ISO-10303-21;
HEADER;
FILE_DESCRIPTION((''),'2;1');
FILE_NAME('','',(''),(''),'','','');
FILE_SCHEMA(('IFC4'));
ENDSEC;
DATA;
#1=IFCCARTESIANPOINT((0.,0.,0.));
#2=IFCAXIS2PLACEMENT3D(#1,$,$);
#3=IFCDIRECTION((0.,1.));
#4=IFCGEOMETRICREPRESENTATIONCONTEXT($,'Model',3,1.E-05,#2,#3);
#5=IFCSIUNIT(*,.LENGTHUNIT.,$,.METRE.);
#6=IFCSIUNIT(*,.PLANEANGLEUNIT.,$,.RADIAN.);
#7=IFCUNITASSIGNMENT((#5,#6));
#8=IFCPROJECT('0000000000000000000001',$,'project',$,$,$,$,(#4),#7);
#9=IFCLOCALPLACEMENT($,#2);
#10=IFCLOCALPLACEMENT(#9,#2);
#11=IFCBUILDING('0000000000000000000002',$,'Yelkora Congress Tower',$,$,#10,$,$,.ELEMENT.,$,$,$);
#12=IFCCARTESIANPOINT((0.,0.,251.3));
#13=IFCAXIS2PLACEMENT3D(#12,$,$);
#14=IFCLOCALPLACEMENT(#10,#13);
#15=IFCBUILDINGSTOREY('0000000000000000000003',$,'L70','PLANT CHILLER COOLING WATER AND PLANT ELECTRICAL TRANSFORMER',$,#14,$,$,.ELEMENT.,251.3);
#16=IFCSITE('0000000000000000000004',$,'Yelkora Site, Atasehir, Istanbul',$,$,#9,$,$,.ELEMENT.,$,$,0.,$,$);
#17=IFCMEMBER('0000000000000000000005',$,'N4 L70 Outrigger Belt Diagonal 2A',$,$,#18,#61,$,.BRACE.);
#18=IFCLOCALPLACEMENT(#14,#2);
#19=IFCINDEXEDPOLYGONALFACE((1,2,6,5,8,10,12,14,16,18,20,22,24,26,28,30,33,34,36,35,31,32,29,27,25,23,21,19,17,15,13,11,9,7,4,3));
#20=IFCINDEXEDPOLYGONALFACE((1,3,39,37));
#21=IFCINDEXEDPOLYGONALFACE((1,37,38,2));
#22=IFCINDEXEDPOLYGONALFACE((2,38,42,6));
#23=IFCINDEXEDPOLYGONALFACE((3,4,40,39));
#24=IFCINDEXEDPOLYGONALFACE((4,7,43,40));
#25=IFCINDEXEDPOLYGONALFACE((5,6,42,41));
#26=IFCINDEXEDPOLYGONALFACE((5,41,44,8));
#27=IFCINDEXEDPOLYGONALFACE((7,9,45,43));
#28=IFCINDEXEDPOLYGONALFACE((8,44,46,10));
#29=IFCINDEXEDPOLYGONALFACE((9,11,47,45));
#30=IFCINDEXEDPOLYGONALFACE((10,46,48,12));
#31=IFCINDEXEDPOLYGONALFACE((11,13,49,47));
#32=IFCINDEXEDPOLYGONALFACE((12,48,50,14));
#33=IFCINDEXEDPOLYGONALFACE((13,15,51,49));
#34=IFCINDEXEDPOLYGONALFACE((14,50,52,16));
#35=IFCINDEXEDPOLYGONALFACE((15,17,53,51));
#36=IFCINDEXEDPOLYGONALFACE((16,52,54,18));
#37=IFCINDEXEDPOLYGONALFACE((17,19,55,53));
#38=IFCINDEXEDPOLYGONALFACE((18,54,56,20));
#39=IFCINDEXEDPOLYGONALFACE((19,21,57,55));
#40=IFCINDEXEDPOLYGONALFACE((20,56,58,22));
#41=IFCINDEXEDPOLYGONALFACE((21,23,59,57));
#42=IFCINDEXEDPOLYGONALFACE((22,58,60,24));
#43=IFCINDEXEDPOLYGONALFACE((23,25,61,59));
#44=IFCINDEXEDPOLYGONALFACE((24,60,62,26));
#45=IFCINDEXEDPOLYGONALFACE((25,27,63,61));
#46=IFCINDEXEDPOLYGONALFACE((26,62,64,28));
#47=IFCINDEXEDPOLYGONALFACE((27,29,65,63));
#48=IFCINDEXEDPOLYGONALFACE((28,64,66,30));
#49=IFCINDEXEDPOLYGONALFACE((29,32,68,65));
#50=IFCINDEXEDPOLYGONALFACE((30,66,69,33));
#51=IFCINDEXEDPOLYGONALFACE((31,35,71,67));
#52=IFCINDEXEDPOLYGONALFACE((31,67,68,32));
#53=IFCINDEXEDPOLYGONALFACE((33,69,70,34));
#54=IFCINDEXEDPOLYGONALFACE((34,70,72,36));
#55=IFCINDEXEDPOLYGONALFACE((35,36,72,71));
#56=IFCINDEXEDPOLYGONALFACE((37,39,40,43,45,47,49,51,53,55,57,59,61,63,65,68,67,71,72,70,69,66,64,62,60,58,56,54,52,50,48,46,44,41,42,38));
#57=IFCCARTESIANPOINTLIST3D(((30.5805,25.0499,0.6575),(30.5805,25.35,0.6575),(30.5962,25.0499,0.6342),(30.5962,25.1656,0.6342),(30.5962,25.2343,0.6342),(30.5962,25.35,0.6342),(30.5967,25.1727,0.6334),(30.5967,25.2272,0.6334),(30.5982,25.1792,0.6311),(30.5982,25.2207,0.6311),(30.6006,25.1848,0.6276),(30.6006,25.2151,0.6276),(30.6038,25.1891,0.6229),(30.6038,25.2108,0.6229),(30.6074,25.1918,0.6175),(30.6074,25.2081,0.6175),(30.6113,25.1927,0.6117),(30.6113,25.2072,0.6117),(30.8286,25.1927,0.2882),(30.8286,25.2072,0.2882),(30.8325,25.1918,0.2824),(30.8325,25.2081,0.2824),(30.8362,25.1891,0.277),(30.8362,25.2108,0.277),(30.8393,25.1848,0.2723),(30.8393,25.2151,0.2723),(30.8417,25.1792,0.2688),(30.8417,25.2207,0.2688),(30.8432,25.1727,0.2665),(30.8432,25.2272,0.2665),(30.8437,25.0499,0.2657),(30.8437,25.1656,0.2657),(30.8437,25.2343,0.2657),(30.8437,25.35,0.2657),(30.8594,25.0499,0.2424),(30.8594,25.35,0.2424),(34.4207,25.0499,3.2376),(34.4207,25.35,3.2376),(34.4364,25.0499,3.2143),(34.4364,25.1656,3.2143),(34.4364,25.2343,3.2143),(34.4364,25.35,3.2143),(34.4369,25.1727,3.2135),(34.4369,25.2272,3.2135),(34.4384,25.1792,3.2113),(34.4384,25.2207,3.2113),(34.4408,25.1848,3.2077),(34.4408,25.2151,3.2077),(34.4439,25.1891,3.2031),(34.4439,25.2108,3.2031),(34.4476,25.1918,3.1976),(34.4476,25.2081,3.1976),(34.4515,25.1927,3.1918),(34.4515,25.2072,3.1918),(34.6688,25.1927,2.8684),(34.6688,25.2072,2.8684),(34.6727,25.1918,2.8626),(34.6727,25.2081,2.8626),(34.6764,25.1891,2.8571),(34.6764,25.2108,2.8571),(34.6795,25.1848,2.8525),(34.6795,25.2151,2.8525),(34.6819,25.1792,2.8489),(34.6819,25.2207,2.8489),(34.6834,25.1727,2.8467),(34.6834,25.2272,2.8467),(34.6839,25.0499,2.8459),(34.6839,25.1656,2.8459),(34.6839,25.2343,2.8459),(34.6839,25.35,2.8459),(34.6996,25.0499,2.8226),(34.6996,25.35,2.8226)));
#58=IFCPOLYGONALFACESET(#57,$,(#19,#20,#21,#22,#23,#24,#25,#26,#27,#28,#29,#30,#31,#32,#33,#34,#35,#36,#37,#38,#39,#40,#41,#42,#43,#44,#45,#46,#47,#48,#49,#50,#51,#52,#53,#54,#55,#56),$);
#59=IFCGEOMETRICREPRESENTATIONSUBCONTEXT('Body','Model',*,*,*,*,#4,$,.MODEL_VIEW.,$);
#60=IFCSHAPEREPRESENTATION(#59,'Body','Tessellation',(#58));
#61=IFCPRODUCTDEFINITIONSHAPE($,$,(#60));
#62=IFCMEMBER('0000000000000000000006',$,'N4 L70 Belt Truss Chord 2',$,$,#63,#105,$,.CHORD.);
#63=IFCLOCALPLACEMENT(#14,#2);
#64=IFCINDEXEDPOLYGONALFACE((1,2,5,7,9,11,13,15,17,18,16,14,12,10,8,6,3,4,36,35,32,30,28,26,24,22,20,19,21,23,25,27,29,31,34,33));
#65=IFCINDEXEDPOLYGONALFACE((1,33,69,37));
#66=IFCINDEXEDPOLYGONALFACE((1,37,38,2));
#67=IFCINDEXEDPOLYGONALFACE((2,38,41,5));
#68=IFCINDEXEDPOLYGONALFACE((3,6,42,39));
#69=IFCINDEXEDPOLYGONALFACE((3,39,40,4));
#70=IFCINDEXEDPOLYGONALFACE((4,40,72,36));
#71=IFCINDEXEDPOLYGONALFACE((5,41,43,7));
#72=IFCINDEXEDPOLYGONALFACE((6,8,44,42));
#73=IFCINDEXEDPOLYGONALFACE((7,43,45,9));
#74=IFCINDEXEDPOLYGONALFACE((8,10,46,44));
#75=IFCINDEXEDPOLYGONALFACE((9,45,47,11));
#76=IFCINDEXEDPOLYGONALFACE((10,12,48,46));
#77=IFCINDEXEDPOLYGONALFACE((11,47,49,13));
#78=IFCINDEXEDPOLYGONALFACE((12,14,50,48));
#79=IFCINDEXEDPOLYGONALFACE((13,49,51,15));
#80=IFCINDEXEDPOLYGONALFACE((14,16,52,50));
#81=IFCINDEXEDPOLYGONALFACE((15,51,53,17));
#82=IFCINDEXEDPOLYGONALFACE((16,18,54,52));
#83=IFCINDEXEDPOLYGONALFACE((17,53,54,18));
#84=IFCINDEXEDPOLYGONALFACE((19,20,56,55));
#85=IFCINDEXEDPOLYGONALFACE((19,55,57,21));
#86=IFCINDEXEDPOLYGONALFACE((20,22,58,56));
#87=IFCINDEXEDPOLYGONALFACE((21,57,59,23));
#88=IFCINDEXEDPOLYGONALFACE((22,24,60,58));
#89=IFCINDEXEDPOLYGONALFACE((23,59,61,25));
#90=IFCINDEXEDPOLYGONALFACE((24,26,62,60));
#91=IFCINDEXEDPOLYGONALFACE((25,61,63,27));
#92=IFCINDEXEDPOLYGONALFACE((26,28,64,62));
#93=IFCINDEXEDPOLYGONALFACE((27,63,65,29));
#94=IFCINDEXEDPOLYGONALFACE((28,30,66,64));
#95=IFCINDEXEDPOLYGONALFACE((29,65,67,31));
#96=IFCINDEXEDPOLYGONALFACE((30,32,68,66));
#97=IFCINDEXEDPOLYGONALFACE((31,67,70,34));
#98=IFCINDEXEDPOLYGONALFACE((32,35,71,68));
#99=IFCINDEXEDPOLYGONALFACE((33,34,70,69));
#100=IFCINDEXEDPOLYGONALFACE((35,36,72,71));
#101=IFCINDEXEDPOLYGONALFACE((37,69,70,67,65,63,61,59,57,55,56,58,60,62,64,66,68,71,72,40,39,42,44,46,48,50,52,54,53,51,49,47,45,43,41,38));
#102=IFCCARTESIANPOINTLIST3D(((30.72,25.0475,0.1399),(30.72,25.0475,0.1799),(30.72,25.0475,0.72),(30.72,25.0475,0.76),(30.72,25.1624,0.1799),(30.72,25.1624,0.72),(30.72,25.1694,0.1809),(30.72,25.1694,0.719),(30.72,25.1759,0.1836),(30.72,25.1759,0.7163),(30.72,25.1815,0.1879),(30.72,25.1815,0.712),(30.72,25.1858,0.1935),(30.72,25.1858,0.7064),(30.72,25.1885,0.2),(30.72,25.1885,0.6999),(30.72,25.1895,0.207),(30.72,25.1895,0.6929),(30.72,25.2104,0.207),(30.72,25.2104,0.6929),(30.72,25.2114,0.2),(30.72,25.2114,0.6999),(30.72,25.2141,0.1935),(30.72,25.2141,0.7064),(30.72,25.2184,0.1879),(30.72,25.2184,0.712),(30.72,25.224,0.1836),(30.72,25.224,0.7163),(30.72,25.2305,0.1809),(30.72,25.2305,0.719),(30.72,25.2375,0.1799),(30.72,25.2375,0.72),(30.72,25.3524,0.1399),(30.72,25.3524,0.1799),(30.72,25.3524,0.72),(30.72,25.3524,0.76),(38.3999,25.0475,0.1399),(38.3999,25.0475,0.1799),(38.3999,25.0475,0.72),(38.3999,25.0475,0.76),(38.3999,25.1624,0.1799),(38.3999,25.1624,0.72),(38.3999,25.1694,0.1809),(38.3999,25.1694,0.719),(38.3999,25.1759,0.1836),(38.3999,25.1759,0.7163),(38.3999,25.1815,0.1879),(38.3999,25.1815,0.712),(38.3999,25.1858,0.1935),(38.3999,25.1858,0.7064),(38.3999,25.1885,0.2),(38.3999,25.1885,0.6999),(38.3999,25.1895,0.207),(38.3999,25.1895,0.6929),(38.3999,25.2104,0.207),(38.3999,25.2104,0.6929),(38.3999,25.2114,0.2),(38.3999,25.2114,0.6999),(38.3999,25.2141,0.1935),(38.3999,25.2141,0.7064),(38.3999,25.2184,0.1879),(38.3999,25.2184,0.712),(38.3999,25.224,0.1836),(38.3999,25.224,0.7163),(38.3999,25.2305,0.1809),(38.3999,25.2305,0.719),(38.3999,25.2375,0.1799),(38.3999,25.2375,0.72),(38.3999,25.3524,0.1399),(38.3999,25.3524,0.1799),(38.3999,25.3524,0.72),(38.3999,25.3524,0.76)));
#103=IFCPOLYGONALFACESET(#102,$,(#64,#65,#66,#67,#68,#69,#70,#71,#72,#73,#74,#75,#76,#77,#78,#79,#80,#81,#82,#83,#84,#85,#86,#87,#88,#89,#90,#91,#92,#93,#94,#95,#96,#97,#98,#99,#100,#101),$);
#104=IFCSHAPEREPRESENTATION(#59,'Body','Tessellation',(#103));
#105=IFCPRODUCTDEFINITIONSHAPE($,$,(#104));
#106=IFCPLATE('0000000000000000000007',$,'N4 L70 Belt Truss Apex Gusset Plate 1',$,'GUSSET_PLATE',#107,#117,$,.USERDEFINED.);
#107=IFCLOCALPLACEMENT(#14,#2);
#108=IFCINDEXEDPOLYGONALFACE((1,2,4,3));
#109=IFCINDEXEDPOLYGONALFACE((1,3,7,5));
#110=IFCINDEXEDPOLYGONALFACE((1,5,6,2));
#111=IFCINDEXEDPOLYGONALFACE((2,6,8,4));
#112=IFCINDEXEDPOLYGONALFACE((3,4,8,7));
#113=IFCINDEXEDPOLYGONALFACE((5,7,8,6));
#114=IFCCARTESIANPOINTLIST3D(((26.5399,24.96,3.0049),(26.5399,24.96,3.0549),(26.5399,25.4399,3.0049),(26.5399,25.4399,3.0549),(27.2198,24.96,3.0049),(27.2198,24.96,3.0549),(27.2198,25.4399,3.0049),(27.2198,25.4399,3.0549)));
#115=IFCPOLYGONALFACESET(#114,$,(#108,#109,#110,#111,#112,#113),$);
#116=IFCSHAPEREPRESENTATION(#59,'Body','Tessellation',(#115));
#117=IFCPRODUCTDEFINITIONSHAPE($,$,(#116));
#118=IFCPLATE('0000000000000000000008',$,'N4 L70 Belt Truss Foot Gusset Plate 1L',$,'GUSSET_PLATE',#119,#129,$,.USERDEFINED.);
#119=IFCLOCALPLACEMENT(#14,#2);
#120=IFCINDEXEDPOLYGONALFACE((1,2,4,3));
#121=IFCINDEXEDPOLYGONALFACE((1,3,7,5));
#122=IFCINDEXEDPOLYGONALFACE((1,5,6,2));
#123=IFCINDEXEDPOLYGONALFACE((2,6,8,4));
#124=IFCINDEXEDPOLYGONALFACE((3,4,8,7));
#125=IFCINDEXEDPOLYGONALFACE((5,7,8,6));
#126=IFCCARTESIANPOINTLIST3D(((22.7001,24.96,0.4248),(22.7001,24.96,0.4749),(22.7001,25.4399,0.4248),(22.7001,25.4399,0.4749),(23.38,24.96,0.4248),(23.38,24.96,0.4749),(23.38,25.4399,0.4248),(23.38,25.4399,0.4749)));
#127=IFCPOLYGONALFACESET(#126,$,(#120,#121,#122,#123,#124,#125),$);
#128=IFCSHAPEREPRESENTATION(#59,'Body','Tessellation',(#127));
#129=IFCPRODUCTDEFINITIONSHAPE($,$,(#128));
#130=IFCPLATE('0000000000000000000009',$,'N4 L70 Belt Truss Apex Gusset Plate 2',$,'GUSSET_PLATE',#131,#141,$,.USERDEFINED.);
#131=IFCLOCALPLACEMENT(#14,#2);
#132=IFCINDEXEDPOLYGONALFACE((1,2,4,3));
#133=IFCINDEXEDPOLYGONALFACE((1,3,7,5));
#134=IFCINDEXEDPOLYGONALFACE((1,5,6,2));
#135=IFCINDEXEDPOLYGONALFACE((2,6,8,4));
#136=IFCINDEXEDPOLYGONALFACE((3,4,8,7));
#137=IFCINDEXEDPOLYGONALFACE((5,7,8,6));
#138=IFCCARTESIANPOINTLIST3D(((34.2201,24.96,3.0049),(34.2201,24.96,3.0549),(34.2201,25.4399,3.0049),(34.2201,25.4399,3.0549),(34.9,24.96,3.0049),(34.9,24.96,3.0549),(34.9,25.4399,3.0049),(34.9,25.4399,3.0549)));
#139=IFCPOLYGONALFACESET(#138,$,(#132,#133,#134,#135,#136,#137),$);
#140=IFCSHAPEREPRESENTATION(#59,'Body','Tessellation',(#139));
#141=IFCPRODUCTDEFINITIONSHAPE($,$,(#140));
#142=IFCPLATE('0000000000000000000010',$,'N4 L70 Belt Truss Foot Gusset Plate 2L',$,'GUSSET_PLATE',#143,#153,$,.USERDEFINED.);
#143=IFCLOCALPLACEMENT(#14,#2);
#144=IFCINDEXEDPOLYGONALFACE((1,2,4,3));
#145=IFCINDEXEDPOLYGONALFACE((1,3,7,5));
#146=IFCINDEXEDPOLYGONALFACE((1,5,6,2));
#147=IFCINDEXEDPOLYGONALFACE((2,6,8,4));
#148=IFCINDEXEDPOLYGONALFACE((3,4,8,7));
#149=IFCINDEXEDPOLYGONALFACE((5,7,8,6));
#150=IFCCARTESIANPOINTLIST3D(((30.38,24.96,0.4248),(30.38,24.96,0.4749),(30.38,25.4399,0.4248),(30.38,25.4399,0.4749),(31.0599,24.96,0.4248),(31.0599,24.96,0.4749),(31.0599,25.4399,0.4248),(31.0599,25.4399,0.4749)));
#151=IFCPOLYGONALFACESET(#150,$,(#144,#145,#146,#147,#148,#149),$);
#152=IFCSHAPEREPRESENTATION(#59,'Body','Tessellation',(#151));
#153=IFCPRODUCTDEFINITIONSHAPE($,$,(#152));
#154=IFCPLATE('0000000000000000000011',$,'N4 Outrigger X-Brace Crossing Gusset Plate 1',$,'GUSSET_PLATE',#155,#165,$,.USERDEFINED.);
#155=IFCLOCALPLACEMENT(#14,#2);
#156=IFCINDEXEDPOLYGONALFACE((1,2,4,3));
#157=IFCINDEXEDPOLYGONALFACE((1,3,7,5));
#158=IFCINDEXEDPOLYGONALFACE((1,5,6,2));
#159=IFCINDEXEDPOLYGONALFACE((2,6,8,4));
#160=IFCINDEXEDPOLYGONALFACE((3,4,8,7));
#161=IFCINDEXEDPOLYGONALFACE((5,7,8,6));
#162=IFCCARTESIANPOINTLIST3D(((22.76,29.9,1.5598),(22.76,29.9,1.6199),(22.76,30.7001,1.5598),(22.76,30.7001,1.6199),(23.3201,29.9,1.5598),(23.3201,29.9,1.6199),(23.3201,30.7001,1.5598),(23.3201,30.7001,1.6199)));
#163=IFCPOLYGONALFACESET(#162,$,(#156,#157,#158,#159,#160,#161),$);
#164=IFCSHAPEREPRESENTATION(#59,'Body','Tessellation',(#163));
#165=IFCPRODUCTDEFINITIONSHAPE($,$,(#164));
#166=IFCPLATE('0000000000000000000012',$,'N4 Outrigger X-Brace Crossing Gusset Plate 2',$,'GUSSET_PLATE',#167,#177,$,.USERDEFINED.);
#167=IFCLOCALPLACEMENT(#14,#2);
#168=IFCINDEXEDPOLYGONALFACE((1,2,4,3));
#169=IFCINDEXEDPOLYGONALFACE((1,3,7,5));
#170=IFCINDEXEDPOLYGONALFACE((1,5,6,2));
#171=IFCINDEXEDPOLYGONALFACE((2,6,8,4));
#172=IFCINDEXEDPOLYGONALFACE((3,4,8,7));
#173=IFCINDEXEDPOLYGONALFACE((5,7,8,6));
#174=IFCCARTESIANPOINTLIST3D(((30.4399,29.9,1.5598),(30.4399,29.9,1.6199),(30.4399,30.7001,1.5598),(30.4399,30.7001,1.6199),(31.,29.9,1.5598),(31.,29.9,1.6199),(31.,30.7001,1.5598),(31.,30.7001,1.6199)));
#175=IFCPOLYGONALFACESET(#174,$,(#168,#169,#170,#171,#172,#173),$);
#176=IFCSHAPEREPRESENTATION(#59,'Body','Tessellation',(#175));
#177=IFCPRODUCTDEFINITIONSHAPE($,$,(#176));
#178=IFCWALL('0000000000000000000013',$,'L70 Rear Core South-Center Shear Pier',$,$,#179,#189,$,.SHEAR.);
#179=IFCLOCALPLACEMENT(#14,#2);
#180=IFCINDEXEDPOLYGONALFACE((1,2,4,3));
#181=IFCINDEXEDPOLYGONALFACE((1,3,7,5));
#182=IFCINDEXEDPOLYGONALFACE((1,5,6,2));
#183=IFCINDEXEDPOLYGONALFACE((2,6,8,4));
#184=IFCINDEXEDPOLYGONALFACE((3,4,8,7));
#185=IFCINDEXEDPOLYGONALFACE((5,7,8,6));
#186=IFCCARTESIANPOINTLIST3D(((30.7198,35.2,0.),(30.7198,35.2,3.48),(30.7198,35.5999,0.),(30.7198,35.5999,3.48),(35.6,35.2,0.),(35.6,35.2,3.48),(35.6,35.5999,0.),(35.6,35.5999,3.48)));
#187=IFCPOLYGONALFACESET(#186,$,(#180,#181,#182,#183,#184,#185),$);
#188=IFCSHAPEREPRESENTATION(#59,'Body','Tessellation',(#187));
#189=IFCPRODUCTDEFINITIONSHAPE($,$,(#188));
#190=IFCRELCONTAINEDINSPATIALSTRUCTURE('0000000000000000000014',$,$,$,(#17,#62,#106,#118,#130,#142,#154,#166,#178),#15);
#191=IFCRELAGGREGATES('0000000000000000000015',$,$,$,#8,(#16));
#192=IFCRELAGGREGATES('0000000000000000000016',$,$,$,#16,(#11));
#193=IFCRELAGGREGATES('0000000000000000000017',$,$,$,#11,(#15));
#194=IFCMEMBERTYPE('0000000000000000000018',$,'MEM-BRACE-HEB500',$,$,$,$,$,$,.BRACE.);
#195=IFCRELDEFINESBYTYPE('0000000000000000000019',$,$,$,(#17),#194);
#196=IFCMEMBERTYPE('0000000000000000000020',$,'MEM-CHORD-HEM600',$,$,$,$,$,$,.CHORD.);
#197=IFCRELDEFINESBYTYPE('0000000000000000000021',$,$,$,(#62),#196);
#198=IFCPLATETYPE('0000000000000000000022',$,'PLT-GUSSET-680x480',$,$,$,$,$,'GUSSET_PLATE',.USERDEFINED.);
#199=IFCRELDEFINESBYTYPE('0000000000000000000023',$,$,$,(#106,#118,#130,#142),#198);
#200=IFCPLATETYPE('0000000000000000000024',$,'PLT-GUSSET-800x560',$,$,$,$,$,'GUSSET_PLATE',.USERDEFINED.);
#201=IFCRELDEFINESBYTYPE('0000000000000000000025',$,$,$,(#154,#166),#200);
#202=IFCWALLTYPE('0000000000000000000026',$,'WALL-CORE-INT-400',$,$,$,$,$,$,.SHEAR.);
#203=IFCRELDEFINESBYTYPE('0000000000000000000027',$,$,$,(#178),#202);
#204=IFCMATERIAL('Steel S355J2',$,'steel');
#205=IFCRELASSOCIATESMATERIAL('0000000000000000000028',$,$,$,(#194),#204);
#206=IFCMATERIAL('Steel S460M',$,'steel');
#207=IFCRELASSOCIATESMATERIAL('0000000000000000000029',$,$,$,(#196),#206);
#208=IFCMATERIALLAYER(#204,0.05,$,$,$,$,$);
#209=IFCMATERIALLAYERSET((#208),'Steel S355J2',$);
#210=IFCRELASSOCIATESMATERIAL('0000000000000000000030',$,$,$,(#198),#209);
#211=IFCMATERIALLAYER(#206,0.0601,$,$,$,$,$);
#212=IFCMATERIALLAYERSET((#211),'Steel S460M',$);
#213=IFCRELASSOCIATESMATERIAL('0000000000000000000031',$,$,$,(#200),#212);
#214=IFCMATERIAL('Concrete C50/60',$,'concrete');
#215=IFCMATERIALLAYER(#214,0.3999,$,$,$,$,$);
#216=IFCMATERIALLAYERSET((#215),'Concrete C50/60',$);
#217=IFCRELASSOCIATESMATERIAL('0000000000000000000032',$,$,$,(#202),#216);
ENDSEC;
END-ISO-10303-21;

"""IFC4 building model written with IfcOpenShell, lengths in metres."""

from ifc_helpers import new_model, si_unit, direction, frame, frame_2d, origin, origin_2d, place, context, subcontext, project, spatial, rectangle, i_section, extrude, material, layer, layer_set, material_profile, profile_set, type_object, element, save


model = new_model("IFC4")

# Units and contexts
model_context = context("Model", 3, precision=1e-05, world=origin(), true_north=direction((0.0, 1.0)))
body_context = subcontext(model_context, "Body", "Model", "MODEL_VIEW")
ifc_project = project(units=[si_unit("LENGTHUNIT", "METRE"), si_unit("PLANEANGLEUNIT", "RADIAN")], contexts=[model_context])

# Site, building, storey
site_placement = place(None, origin())
site = spatial("IfcSite", under=ifc_project, at=site_placement, Name="Yelkora Site, Atasehir, Istanbul", CompositionType="ELEMENT", RefElevation=0.0)
building_placement = place(site_placement, origin())
building = spatial("IfcBuilding", under=site, at=building_placement, Name="Yelkora Congress Tower", CompositionType="ELEMENT")
storey_placement = place(building_placement, frame((0.0, 0.0, 251.3)))
storey = spatial("IfcBuildingStorey", under=building, at=storey_placement, Name="L70", Description="PLANT CHILLER COOLING WATER AND PLANT ELECTRICAL TRANSFORMER", CompositionType="ELEMENT", Elevation=251.3)

# Shared definitions
ifc_material_1 = material(Name="Steel S460M", Category="steel")

# Members
ifc_material_2 = material(Name="Steel S355J2", Category="steel")
ifc_material_profile_1 = material_profile(ifc_material_2, i_section(OverallWidth=0.3, OverallDepth=0.5, WebThickness=0.0144, FlangeThickness=0.0281, FilletRadius=0.0271, at=origin_2d()), Name="HEB 500")
ifc_profile_set_1 = profile_set([ifc_material_profile_1], Name="Steel S355J2")
member_type_1 = type_object("IfcMemberType", Name="MEM-BRACE-HEB500", PredefinedType="BRACE", material=ifc_profile_set_1)
for number, where, z_axis, x_axis, name in (
    (1, (30.72, 25.2, 0.45), (0.830048, 0.0, 0.557692), (0.0, 1.0, 0.0), "N4 L70 Outrigger Belt Diagonal 2A"),
):
    element("IfcMember", number, at=place(storey_placement, frame(where, z_axis=z_axis, x_axis=x_axis)), inside=storey, type_object=member_type_1, Name=name, PredefinedType="BRACE", context=body_context, shape_type="SweptSolid", body=[
        extrude(i_section(OverallWidth=0.3, OverallDepth=0.5, WebThickness=0.0144, FlangeThickness=0.0281, FilletRadius=0.0271, at=origin_2d()), origin(), (0.0, 0.0, 1.0), 4.6265),
    ])
ifc_material_profile_2 = material_profile(ifc_material_1, i_section(OverallWidth=0.3049, OverallDepth=0.6201, WebThickness=0.021, FlangeThickness=0.04, FilletRadius=0.0271, at=origin_2d()), Name="HEM 600")
ifc_profile_set_2 = profile_set([ifc_material_profile_2], Name="Steel S460M")
member_type_2 = type_object("IfcMemberType", Name="MEM-CHORD-HEM600", PredefinedType="CHORD", material=ifc_profile_set_2)
member_placement = place(storey_placement, frame((30.72, 25.2, 0.45), z_axis=(1.0, 0.0, 0.0), x_axis=(0.0, 1.0, 0.0)))
element("IfcMember", 2, at=member_placement, inside=storey, type_object=member_type_2, Name="N4 L70 Belt Truss Chord 2", PredefinedType="CHORD", context=body_context, shape_type="SweptSolid", body=[
    extrude(i_section(OverallWidth=0.3049, OverallDepth=0.6201, WebThickness=0.021, FlangeThickness=0.04, FilletRadius=0.0271, at=origin_2d()), origin(), (0.0, 0.0, 1.0), 7.6799),
])

# Plates
ifc_layer_1 = layer(ifc_material_2, 0.05)
ifc_layer_set_1 = layer_set([ifc_layer_1], Name="Steel S355J2")
plate_type_1 = type_object("IfcPlateType", Name="PLT-GUSSET-680x480", ElementType="GUSSET_PLATE", PredefinedType="USERDEFINED", material=ifc_layer_set_1)
for number, where, z_axis, x_axis, name in (
    (3, (26.8799, 25.2, 3.0049), (0.0, 0.0, 1.0), (1.0, 0.0, 0.0), "N4 L70 Belt Truss Apex Gusset Plate 1"),
    (4, (23.04, 25.2, 0.4248), (0.0, 0.0, 1.0), (1.0, 0.0, 0.0), "N4 L70 Belt Truss Foot Gusset Plate 1L"),
    (5, (34.5601, 25.2, 3.0049), (0.0, 0.0, 1.0), (1.0, 0.0, 0.0), "N4 L70 Belt Truss Apex Gusset Plate 2"),
    (6, (30.72, 25.2, 0.4248), (0.0, 0.0, 1.0), (1.0, 0.0, 0.0), "N4 L70 Belt Truss Foot Gusset Plate 2L"),
):
    element("IfcPlate", number, at=place(storey_placement, frame(where, z_axis=z_axis, x_axis=x_axis)), inside=storey, type_object=plate_type_1, Name=name, ObjectType="GUSSET_PLATE", PredefinedType="USERDEFINED", context=body_context, shape_type="SweptSolid", body=[
        extrude(rectangle(XDim=0.6799, YDim=0.48, at=origin_2d()), origin(), (0.0, 0.0, 1.0), 0.05),
    ])
ifc_layer_2 = layer(ifc_material_1, 0.0601)
ifc_layer_set_2 = layer_set([ifc_layer_2], Name="Steel S460M")
plate_type_2 = type_object("IfcPlateType", Name="PLT-GUSSET-800x560", ElementType="GUSSET_PLATE", PredefinedType="USERDEFINED", material=ifc_layer_set_2)
for number, where, z_axis, x_axis, name in (
    (7, (23.04, 30.3, 1.5598), (0.0, 0.0, 1.0), (0.0, 1.0, 0.0), "N4 Outrigger X-Brace Crossing Gusset Plate 1"),
    (8, (30.72, 30.3, 1.5598), (0.0, 0.0, 1.0), (0.0, 1.0, 0.0), "N4 Outrigger X-Brace Crossing Gusset Plate 2"),
):
    element("IfcPlate", number, at=place(storey_placement, frame(where, z_axis=z_axis, x_axis=x_axis)), inside=storey, type_object=plate_type_2, Name=name, ObjectType="GUSSET_PLATE", PredefinedType="USERDEFINED", context=body_context, shape_type="SweptSolid", body=[
        extrude(rectangle(XDim=0.8, YDim=0.5601, at=origin_2d()), origin(), (0.0, 0.0, 1.0), 0.0601),
    ])

# Wall
ifc_material_3 = material(Name="Concrete C50/60", Category="concrete")
ifc_layer_3 = layer(ifc_material_3, 0.3999)
ifc_layer_set_3 = layer_set([ifc_layer_3], Name="Concrete C50/60")
wall_type_1 = type_object("IfcWallType", Name="WALL-CORE-INT-400", PredefinedType="SHEAR", material=ifc_layer_set_3)
wall_1_placement = place(storey_placement, frame((30.72, 35.3999, 0.0), z_axis=(0.0, 0.0, 1.0), x_axis=(1.0, 0.0, 0.0)))
element("IfcWall", 9, at=wall_1_placement, inside=storey, type_object=wall_type_1, Name="L70 Rear Core South-Center Shear Pier", PredefinedType="SHEAR", context=body_context, shape_type="SweptSolid", body=[
    extrude(rectangle(XDim=4.8801, YDim=0.3999, at=frame_2d((2.4399, 0.0))), origin(), (0.0, 0.0, 1.0), 3.48),
])

save(model, "model.ifc")
